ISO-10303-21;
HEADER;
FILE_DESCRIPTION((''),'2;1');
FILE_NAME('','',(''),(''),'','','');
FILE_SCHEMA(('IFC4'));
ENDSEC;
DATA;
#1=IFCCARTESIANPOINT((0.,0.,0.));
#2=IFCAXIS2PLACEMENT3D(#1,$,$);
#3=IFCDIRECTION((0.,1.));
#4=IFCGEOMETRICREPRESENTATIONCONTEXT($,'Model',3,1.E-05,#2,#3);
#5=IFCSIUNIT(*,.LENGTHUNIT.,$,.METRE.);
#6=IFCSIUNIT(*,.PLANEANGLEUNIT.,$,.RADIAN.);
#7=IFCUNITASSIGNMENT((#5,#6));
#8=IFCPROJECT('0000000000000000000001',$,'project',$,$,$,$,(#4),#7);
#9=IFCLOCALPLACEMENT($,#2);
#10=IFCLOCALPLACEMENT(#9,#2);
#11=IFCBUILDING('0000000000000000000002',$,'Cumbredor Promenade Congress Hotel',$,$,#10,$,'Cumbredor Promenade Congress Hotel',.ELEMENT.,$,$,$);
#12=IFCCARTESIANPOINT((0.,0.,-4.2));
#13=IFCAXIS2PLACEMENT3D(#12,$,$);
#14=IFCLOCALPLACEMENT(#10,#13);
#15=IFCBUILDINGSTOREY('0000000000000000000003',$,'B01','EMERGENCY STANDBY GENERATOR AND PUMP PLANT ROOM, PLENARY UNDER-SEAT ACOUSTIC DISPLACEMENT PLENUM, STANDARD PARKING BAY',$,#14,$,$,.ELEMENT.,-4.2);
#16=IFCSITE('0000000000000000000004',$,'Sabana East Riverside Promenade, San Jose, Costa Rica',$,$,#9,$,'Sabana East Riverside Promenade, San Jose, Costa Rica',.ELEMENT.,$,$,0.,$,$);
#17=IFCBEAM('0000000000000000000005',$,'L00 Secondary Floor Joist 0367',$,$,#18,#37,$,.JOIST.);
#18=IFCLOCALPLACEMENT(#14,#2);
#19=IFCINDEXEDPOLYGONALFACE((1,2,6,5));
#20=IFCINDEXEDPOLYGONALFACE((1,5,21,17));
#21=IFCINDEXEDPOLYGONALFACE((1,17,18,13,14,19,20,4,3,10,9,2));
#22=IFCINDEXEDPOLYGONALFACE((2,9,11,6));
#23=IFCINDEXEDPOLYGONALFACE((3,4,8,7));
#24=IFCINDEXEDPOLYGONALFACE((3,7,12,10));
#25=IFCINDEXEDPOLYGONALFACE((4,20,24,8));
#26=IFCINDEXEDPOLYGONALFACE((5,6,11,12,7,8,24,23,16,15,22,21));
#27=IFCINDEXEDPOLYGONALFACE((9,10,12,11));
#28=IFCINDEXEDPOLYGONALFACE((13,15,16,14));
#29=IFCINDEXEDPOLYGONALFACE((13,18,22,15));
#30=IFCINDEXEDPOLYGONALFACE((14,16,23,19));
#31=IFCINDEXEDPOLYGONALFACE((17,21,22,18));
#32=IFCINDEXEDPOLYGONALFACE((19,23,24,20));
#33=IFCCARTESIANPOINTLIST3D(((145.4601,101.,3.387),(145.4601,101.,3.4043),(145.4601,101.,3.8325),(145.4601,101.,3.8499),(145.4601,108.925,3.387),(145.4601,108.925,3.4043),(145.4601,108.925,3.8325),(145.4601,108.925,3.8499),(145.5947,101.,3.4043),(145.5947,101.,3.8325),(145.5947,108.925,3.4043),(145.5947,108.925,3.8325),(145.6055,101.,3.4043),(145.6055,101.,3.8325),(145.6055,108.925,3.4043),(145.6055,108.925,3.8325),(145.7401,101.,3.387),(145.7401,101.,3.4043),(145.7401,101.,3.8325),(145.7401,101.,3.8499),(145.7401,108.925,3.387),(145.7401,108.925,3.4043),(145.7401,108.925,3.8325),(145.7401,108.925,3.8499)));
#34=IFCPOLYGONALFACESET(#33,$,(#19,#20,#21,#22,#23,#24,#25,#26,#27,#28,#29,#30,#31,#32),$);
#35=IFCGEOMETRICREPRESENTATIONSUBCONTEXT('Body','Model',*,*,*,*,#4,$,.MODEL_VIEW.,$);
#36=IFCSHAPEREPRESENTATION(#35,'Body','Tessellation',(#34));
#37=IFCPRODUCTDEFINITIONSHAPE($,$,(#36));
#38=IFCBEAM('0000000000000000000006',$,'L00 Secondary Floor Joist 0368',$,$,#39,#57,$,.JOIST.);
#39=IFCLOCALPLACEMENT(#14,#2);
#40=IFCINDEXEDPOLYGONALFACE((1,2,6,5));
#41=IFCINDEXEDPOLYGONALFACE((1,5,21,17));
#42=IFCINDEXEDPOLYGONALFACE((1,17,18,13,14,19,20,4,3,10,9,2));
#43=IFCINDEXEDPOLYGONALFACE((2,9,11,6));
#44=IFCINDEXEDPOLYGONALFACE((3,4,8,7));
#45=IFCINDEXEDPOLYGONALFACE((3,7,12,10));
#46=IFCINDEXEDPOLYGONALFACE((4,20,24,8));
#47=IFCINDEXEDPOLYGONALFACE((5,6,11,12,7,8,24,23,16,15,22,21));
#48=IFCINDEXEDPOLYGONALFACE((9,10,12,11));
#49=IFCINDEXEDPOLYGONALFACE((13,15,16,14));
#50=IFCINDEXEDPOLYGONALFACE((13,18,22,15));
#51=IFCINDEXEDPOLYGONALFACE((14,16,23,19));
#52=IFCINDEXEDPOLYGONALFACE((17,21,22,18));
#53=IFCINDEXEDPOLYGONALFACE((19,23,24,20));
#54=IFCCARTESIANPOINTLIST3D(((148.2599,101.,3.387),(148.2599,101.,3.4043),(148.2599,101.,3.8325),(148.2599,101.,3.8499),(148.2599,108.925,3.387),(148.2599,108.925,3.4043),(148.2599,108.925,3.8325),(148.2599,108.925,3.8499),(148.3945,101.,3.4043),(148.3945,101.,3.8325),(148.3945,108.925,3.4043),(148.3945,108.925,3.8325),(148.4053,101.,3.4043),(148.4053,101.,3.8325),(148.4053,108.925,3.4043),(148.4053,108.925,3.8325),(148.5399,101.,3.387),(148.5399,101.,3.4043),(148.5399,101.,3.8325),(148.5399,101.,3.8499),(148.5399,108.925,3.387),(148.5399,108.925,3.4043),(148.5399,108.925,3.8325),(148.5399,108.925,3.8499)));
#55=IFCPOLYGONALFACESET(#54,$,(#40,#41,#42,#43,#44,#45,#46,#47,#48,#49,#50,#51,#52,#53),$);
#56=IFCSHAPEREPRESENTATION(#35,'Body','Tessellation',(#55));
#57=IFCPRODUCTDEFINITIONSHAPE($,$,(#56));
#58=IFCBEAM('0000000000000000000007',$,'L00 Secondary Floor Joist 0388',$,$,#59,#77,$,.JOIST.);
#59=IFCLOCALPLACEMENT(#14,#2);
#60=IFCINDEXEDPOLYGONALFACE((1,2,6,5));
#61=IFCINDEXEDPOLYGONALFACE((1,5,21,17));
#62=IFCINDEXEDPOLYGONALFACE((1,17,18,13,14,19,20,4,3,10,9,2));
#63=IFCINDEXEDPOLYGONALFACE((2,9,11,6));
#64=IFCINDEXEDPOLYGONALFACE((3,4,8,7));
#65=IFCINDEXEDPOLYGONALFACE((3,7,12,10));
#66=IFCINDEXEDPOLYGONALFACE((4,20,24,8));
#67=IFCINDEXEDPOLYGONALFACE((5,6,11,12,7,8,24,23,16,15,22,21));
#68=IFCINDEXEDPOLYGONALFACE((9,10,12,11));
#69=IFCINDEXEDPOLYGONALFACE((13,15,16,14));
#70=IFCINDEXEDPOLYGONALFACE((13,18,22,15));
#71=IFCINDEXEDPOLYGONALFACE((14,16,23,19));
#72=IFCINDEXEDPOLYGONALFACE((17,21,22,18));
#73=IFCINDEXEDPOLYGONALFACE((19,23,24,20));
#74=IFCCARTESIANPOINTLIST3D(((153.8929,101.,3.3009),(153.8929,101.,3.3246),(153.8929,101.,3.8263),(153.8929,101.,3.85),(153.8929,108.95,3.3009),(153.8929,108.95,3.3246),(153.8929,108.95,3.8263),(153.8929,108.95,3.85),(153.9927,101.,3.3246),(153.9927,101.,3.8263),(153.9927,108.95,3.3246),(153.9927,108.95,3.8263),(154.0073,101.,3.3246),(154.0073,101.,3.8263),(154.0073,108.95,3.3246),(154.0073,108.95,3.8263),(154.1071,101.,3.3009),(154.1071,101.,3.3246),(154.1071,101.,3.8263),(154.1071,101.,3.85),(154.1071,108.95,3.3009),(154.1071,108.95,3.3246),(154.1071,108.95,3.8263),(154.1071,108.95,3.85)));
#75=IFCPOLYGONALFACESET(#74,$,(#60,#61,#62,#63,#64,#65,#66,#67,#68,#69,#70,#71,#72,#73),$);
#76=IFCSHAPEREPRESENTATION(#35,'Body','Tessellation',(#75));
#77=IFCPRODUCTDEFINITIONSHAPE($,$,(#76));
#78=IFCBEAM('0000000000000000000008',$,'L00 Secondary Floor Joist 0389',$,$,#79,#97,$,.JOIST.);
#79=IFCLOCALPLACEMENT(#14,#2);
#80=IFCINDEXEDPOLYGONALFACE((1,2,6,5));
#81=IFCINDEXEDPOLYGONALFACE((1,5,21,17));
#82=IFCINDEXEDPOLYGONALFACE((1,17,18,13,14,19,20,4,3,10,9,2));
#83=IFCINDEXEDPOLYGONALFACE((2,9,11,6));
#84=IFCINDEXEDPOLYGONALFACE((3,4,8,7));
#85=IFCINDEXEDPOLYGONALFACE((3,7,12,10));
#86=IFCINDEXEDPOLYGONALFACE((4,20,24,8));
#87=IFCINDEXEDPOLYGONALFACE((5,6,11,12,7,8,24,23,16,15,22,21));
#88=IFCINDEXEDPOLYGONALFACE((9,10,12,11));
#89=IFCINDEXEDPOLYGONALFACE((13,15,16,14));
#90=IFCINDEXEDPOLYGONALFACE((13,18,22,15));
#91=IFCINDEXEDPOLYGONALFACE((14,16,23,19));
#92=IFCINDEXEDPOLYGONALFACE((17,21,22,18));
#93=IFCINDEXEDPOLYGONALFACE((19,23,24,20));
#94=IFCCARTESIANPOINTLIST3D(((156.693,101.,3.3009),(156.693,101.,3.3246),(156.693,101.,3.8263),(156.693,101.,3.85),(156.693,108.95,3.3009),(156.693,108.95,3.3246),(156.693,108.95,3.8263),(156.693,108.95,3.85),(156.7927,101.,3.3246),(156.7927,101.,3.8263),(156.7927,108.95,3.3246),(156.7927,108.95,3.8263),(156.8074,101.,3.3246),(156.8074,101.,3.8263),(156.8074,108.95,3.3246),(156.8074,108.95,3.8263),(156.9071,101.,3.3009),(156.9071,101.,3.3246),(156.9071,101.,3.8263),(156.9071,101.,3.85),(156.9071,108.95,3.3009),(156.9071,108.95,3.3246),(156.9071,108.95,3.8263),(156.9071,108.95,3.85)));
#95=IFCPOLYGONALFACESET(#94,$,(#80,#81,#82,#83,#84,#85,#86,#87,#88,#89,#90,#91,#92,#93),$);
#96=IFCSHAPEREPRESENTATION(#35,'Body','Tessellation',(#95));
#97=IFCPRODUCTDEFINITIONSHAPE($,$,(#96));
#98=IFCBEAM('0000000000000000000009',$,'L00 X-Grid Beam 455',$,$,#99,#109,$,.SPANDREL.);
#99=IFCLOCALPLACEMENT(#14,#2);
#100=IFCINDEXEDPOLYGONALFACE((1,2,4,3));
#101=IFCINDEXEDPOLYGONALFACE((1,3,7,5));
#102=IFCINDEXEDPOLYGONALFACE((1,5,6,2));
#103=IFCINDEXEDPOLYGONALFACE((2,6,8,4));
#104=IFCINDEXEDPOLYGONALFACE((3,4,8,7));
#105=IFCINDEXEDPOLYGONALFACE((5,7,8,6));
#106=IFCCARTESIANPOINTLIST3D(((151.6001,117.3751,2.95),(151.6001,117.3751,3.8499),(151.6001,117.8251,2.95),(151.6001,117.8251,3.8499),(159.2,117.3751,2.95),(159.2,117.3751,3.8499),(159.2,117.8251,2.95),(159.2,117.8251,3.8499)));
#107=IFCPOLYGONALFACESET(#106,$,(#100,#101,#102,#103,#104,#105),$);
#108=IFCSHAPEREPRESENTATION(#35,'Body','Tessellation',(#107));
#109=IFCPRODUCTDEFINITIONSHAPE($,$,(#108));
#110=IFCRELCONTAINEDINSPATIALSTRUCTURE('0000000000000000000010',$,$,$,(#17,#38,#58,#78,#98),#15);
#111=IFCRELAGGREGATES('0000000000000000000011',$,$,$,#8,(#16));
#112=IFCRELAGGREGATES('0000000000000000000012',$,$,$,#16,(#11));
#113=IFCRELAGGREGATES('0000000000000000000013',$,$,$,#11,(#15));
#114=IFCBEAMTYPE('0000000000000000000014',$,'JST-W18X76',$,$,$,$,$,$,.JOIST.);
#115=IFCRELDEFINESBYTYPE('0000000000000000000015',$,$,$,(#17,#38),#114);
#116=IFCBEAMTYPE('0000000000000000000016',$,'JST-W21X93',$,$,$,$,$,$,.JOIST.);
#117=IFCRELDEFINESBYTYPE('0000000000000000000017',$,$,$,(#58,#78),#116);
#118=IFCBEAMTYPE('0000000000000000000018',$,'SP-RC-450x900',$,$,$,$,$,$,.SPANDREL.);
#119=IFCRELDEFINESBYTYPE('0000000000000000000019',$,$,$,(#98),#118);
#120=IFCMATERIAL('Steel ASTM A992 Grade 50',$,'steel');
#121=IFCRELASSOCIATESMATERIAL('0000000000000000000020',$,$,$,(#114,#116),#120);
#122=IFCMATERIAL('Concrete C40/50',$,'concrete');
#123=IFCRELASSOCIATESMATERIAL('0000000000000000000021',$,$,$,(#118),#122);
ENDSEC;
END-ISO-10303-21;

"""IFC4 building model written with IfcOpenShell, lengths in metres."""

from ifc_helpers import new_model, si_unit, direction, frame, origin, origin_2d, place, context, subcontext, project, spatial, rectangle, i_section, extrude, material, material_profile, profile_set, type_object, element, save


model = new_model("IFC4")

# Units and contexts
model_context = context("Model", 3, precision=1e-05, world=origin(), true_north=direction((0.0, 1.0)))
body_context = subcontext(model_context, "Body", "Model", "MODEL_VIEW")
ifc_project = project(units=[si_unit("LENGTHUNIT", "METRE"), si_unit("PLANEANGLEUNIT", "RADIAN")], contexts=[model_context])

# Site, building, storey
site_placement = place(None, origin())
site = spatial("IfcSite", under=ifc_project, at=site_placement, Name="Sabana East Riverside Promenade, San Jose, Costa Rica", LongName="Sabana East Riverside Promenade, San Jose, Costa Rica", CompositionType="ELEMENT", RefElevation=0.0)
building_placement = place(site_placement, origin())
building = spatial("IfcBuilding", under=site, at=building_placement, Name="Cumbredor Promenade Congress Hotel", LongName="Cumbredor Promenade Congress Hotel", CompositionType="ELEMENT")
storey_placement = place(building_placement, frame((0.0, 0.0, -4.2)))
storey = spatial("IfcBuildingStorey", under=building, at=storey_placement, Name="B01", Description="EMERGENCY STANDBY GENERATOR AND PUMP PLANT ROOM, PLENARY UNDER-SEAT ACOUSTIC DISPLACEMENT PLENUM, STANDARD PARKING BAY", CompositionType="ELEMENT", Elevation=-4.2)

# Beams
ifc_material_1 = material(Name="Concrete C40/50", Category="concrete")
ifc_material_2 = material(Name="Steel ASTM A992 Grade 50", Category="steel")
ifc_material_profile_1 = material_profile(ifc_material_2, i_section(OverallWidth=0.28, OverallDepth=0.4629, WebThickness=0.0107, FlangeThickness=0.0173, at=origin_2d()), Name="W18X76")
ifc_profile_set_1 = profile_set([ifc_material_profile_1], Name="Steel ASTM A992 Grade 50")
beam_type_1 = type_object("IfcBeamType", Name="JST-W18X76", PredefinedType="JOIST", material=ifc_profile_set_1)
for number, where, z_axis, x_axis, name in (
    (1, (145.6001, 101.0, 3.6184), (0.0, 1.0, 0.0), (-1.0, 0.0, 0.0), "L00 Secondary Floor Joist 0367"),
    (2, (148.3999, 101.0, 3.6184), (0.0, 1.0, 0.0), (-1.0, 0.0, 0.0), "L00 Secondary Floor Joist 0368"),
):
    element("IfcBeam", number, at=place(storey_placement, frame(where, z_axis=z_axis, x_axis=x_axis)), inside=storey, type_object=beam_type_1, Name=name, PredefinedType="JOIST", context=body_context, shape_type="SweptSolid", body=[
        extrude(i_section(OverallWidth=0.28, OverallDepth=0.4629, WebThickness=0.0107, FlangeThickness=0.0173, at=origin_2d()), origin(), (0.0, 0.0, 1.0), 7.925),
    ])
ifc_material_profile_2 = material_profile(ifc_material_2, i_section(OverallWidth=0.2141, OverallDepth=0.5491, WebThickness=0.0146, FlangeThickness=0.0237, at=origin_2d()), Name="W21X93")
ifc_profile_set_2 = profile_set([ifc_material_profile_2], Name="Steel ASTM A992 Grade 50")
beam_type_2 = type_object("IfcBeamType", Name="JST-W21X93", PredefinedType="JOIST", material=ifc_profile_set_2)
for number, where, z_axis, x_axis, name in (
    (3, (154.0, 101.0, 3.5754), (0.0, 1.0, 0.0), (-1.0, 0.0, 0.0), "L00 Secondary Floor Joist 0388"),
    (4, (156.8, 101.0, 3.5754), (0.0, 1.0, 0.0), (-1.0, 0.0, 0.0), "L00 Secondary Floor Joist 0389"),
):
    element("IfcBeam", number, at=place(storey_placement, frame(where, z_axis=z_axis, x_axis=x_axis)), inside=storey, type_object=beam_type_2, Name=name, PredefinedType="JOIST", context=body_context, shape_type="SweptSolid", body=[
        extrude(i_section(OverallWidth=0.2141, OverallDepth=0.5491, WebThickness=0.0146, FlangeThickness=0.0237, at=origin_2d()), origin(), (0.0, 0.0, 1.0), 7.95),
    ])
ifc_material_profile_3 = material_profile(ifc_material_1, rectangle(XDim=0.45, YDim=0.8999, at=origin_2d()), Name="RC SPANDREL 450x900")
ifc_profile_set_3 = profile_set([ifc_material_profile_3], Name="Concrete C40/50")
beam_type_3 = type_object("IfcBeamType", Name="SP-RC-450x900", PredefinedType="SPANDREL", material=ifc_profile_set_3)
beam_1_placement = place(storey_placement, frame((151.6001, 117.6001, 3.3999), z_axis=(1.0, 0.0, 0.0), x_axis=(0.0, 1.0, 0.0)))
element("IfcBeam", 5, at=beam_1_placement, inside=storey, type_object=beam_type_3, Name="L00 X-Grid Beam 455", PredefinedType="SPANDREL", context=body_context, shape_type="SweptSolid", body=[
    extrude(rectangle(XDim=0.45, YDim=0.8999, at=origin_2d()), origin(), (0.0, 0.0, 1.0), 7.5999),
])

save(model, "model.ifc")
